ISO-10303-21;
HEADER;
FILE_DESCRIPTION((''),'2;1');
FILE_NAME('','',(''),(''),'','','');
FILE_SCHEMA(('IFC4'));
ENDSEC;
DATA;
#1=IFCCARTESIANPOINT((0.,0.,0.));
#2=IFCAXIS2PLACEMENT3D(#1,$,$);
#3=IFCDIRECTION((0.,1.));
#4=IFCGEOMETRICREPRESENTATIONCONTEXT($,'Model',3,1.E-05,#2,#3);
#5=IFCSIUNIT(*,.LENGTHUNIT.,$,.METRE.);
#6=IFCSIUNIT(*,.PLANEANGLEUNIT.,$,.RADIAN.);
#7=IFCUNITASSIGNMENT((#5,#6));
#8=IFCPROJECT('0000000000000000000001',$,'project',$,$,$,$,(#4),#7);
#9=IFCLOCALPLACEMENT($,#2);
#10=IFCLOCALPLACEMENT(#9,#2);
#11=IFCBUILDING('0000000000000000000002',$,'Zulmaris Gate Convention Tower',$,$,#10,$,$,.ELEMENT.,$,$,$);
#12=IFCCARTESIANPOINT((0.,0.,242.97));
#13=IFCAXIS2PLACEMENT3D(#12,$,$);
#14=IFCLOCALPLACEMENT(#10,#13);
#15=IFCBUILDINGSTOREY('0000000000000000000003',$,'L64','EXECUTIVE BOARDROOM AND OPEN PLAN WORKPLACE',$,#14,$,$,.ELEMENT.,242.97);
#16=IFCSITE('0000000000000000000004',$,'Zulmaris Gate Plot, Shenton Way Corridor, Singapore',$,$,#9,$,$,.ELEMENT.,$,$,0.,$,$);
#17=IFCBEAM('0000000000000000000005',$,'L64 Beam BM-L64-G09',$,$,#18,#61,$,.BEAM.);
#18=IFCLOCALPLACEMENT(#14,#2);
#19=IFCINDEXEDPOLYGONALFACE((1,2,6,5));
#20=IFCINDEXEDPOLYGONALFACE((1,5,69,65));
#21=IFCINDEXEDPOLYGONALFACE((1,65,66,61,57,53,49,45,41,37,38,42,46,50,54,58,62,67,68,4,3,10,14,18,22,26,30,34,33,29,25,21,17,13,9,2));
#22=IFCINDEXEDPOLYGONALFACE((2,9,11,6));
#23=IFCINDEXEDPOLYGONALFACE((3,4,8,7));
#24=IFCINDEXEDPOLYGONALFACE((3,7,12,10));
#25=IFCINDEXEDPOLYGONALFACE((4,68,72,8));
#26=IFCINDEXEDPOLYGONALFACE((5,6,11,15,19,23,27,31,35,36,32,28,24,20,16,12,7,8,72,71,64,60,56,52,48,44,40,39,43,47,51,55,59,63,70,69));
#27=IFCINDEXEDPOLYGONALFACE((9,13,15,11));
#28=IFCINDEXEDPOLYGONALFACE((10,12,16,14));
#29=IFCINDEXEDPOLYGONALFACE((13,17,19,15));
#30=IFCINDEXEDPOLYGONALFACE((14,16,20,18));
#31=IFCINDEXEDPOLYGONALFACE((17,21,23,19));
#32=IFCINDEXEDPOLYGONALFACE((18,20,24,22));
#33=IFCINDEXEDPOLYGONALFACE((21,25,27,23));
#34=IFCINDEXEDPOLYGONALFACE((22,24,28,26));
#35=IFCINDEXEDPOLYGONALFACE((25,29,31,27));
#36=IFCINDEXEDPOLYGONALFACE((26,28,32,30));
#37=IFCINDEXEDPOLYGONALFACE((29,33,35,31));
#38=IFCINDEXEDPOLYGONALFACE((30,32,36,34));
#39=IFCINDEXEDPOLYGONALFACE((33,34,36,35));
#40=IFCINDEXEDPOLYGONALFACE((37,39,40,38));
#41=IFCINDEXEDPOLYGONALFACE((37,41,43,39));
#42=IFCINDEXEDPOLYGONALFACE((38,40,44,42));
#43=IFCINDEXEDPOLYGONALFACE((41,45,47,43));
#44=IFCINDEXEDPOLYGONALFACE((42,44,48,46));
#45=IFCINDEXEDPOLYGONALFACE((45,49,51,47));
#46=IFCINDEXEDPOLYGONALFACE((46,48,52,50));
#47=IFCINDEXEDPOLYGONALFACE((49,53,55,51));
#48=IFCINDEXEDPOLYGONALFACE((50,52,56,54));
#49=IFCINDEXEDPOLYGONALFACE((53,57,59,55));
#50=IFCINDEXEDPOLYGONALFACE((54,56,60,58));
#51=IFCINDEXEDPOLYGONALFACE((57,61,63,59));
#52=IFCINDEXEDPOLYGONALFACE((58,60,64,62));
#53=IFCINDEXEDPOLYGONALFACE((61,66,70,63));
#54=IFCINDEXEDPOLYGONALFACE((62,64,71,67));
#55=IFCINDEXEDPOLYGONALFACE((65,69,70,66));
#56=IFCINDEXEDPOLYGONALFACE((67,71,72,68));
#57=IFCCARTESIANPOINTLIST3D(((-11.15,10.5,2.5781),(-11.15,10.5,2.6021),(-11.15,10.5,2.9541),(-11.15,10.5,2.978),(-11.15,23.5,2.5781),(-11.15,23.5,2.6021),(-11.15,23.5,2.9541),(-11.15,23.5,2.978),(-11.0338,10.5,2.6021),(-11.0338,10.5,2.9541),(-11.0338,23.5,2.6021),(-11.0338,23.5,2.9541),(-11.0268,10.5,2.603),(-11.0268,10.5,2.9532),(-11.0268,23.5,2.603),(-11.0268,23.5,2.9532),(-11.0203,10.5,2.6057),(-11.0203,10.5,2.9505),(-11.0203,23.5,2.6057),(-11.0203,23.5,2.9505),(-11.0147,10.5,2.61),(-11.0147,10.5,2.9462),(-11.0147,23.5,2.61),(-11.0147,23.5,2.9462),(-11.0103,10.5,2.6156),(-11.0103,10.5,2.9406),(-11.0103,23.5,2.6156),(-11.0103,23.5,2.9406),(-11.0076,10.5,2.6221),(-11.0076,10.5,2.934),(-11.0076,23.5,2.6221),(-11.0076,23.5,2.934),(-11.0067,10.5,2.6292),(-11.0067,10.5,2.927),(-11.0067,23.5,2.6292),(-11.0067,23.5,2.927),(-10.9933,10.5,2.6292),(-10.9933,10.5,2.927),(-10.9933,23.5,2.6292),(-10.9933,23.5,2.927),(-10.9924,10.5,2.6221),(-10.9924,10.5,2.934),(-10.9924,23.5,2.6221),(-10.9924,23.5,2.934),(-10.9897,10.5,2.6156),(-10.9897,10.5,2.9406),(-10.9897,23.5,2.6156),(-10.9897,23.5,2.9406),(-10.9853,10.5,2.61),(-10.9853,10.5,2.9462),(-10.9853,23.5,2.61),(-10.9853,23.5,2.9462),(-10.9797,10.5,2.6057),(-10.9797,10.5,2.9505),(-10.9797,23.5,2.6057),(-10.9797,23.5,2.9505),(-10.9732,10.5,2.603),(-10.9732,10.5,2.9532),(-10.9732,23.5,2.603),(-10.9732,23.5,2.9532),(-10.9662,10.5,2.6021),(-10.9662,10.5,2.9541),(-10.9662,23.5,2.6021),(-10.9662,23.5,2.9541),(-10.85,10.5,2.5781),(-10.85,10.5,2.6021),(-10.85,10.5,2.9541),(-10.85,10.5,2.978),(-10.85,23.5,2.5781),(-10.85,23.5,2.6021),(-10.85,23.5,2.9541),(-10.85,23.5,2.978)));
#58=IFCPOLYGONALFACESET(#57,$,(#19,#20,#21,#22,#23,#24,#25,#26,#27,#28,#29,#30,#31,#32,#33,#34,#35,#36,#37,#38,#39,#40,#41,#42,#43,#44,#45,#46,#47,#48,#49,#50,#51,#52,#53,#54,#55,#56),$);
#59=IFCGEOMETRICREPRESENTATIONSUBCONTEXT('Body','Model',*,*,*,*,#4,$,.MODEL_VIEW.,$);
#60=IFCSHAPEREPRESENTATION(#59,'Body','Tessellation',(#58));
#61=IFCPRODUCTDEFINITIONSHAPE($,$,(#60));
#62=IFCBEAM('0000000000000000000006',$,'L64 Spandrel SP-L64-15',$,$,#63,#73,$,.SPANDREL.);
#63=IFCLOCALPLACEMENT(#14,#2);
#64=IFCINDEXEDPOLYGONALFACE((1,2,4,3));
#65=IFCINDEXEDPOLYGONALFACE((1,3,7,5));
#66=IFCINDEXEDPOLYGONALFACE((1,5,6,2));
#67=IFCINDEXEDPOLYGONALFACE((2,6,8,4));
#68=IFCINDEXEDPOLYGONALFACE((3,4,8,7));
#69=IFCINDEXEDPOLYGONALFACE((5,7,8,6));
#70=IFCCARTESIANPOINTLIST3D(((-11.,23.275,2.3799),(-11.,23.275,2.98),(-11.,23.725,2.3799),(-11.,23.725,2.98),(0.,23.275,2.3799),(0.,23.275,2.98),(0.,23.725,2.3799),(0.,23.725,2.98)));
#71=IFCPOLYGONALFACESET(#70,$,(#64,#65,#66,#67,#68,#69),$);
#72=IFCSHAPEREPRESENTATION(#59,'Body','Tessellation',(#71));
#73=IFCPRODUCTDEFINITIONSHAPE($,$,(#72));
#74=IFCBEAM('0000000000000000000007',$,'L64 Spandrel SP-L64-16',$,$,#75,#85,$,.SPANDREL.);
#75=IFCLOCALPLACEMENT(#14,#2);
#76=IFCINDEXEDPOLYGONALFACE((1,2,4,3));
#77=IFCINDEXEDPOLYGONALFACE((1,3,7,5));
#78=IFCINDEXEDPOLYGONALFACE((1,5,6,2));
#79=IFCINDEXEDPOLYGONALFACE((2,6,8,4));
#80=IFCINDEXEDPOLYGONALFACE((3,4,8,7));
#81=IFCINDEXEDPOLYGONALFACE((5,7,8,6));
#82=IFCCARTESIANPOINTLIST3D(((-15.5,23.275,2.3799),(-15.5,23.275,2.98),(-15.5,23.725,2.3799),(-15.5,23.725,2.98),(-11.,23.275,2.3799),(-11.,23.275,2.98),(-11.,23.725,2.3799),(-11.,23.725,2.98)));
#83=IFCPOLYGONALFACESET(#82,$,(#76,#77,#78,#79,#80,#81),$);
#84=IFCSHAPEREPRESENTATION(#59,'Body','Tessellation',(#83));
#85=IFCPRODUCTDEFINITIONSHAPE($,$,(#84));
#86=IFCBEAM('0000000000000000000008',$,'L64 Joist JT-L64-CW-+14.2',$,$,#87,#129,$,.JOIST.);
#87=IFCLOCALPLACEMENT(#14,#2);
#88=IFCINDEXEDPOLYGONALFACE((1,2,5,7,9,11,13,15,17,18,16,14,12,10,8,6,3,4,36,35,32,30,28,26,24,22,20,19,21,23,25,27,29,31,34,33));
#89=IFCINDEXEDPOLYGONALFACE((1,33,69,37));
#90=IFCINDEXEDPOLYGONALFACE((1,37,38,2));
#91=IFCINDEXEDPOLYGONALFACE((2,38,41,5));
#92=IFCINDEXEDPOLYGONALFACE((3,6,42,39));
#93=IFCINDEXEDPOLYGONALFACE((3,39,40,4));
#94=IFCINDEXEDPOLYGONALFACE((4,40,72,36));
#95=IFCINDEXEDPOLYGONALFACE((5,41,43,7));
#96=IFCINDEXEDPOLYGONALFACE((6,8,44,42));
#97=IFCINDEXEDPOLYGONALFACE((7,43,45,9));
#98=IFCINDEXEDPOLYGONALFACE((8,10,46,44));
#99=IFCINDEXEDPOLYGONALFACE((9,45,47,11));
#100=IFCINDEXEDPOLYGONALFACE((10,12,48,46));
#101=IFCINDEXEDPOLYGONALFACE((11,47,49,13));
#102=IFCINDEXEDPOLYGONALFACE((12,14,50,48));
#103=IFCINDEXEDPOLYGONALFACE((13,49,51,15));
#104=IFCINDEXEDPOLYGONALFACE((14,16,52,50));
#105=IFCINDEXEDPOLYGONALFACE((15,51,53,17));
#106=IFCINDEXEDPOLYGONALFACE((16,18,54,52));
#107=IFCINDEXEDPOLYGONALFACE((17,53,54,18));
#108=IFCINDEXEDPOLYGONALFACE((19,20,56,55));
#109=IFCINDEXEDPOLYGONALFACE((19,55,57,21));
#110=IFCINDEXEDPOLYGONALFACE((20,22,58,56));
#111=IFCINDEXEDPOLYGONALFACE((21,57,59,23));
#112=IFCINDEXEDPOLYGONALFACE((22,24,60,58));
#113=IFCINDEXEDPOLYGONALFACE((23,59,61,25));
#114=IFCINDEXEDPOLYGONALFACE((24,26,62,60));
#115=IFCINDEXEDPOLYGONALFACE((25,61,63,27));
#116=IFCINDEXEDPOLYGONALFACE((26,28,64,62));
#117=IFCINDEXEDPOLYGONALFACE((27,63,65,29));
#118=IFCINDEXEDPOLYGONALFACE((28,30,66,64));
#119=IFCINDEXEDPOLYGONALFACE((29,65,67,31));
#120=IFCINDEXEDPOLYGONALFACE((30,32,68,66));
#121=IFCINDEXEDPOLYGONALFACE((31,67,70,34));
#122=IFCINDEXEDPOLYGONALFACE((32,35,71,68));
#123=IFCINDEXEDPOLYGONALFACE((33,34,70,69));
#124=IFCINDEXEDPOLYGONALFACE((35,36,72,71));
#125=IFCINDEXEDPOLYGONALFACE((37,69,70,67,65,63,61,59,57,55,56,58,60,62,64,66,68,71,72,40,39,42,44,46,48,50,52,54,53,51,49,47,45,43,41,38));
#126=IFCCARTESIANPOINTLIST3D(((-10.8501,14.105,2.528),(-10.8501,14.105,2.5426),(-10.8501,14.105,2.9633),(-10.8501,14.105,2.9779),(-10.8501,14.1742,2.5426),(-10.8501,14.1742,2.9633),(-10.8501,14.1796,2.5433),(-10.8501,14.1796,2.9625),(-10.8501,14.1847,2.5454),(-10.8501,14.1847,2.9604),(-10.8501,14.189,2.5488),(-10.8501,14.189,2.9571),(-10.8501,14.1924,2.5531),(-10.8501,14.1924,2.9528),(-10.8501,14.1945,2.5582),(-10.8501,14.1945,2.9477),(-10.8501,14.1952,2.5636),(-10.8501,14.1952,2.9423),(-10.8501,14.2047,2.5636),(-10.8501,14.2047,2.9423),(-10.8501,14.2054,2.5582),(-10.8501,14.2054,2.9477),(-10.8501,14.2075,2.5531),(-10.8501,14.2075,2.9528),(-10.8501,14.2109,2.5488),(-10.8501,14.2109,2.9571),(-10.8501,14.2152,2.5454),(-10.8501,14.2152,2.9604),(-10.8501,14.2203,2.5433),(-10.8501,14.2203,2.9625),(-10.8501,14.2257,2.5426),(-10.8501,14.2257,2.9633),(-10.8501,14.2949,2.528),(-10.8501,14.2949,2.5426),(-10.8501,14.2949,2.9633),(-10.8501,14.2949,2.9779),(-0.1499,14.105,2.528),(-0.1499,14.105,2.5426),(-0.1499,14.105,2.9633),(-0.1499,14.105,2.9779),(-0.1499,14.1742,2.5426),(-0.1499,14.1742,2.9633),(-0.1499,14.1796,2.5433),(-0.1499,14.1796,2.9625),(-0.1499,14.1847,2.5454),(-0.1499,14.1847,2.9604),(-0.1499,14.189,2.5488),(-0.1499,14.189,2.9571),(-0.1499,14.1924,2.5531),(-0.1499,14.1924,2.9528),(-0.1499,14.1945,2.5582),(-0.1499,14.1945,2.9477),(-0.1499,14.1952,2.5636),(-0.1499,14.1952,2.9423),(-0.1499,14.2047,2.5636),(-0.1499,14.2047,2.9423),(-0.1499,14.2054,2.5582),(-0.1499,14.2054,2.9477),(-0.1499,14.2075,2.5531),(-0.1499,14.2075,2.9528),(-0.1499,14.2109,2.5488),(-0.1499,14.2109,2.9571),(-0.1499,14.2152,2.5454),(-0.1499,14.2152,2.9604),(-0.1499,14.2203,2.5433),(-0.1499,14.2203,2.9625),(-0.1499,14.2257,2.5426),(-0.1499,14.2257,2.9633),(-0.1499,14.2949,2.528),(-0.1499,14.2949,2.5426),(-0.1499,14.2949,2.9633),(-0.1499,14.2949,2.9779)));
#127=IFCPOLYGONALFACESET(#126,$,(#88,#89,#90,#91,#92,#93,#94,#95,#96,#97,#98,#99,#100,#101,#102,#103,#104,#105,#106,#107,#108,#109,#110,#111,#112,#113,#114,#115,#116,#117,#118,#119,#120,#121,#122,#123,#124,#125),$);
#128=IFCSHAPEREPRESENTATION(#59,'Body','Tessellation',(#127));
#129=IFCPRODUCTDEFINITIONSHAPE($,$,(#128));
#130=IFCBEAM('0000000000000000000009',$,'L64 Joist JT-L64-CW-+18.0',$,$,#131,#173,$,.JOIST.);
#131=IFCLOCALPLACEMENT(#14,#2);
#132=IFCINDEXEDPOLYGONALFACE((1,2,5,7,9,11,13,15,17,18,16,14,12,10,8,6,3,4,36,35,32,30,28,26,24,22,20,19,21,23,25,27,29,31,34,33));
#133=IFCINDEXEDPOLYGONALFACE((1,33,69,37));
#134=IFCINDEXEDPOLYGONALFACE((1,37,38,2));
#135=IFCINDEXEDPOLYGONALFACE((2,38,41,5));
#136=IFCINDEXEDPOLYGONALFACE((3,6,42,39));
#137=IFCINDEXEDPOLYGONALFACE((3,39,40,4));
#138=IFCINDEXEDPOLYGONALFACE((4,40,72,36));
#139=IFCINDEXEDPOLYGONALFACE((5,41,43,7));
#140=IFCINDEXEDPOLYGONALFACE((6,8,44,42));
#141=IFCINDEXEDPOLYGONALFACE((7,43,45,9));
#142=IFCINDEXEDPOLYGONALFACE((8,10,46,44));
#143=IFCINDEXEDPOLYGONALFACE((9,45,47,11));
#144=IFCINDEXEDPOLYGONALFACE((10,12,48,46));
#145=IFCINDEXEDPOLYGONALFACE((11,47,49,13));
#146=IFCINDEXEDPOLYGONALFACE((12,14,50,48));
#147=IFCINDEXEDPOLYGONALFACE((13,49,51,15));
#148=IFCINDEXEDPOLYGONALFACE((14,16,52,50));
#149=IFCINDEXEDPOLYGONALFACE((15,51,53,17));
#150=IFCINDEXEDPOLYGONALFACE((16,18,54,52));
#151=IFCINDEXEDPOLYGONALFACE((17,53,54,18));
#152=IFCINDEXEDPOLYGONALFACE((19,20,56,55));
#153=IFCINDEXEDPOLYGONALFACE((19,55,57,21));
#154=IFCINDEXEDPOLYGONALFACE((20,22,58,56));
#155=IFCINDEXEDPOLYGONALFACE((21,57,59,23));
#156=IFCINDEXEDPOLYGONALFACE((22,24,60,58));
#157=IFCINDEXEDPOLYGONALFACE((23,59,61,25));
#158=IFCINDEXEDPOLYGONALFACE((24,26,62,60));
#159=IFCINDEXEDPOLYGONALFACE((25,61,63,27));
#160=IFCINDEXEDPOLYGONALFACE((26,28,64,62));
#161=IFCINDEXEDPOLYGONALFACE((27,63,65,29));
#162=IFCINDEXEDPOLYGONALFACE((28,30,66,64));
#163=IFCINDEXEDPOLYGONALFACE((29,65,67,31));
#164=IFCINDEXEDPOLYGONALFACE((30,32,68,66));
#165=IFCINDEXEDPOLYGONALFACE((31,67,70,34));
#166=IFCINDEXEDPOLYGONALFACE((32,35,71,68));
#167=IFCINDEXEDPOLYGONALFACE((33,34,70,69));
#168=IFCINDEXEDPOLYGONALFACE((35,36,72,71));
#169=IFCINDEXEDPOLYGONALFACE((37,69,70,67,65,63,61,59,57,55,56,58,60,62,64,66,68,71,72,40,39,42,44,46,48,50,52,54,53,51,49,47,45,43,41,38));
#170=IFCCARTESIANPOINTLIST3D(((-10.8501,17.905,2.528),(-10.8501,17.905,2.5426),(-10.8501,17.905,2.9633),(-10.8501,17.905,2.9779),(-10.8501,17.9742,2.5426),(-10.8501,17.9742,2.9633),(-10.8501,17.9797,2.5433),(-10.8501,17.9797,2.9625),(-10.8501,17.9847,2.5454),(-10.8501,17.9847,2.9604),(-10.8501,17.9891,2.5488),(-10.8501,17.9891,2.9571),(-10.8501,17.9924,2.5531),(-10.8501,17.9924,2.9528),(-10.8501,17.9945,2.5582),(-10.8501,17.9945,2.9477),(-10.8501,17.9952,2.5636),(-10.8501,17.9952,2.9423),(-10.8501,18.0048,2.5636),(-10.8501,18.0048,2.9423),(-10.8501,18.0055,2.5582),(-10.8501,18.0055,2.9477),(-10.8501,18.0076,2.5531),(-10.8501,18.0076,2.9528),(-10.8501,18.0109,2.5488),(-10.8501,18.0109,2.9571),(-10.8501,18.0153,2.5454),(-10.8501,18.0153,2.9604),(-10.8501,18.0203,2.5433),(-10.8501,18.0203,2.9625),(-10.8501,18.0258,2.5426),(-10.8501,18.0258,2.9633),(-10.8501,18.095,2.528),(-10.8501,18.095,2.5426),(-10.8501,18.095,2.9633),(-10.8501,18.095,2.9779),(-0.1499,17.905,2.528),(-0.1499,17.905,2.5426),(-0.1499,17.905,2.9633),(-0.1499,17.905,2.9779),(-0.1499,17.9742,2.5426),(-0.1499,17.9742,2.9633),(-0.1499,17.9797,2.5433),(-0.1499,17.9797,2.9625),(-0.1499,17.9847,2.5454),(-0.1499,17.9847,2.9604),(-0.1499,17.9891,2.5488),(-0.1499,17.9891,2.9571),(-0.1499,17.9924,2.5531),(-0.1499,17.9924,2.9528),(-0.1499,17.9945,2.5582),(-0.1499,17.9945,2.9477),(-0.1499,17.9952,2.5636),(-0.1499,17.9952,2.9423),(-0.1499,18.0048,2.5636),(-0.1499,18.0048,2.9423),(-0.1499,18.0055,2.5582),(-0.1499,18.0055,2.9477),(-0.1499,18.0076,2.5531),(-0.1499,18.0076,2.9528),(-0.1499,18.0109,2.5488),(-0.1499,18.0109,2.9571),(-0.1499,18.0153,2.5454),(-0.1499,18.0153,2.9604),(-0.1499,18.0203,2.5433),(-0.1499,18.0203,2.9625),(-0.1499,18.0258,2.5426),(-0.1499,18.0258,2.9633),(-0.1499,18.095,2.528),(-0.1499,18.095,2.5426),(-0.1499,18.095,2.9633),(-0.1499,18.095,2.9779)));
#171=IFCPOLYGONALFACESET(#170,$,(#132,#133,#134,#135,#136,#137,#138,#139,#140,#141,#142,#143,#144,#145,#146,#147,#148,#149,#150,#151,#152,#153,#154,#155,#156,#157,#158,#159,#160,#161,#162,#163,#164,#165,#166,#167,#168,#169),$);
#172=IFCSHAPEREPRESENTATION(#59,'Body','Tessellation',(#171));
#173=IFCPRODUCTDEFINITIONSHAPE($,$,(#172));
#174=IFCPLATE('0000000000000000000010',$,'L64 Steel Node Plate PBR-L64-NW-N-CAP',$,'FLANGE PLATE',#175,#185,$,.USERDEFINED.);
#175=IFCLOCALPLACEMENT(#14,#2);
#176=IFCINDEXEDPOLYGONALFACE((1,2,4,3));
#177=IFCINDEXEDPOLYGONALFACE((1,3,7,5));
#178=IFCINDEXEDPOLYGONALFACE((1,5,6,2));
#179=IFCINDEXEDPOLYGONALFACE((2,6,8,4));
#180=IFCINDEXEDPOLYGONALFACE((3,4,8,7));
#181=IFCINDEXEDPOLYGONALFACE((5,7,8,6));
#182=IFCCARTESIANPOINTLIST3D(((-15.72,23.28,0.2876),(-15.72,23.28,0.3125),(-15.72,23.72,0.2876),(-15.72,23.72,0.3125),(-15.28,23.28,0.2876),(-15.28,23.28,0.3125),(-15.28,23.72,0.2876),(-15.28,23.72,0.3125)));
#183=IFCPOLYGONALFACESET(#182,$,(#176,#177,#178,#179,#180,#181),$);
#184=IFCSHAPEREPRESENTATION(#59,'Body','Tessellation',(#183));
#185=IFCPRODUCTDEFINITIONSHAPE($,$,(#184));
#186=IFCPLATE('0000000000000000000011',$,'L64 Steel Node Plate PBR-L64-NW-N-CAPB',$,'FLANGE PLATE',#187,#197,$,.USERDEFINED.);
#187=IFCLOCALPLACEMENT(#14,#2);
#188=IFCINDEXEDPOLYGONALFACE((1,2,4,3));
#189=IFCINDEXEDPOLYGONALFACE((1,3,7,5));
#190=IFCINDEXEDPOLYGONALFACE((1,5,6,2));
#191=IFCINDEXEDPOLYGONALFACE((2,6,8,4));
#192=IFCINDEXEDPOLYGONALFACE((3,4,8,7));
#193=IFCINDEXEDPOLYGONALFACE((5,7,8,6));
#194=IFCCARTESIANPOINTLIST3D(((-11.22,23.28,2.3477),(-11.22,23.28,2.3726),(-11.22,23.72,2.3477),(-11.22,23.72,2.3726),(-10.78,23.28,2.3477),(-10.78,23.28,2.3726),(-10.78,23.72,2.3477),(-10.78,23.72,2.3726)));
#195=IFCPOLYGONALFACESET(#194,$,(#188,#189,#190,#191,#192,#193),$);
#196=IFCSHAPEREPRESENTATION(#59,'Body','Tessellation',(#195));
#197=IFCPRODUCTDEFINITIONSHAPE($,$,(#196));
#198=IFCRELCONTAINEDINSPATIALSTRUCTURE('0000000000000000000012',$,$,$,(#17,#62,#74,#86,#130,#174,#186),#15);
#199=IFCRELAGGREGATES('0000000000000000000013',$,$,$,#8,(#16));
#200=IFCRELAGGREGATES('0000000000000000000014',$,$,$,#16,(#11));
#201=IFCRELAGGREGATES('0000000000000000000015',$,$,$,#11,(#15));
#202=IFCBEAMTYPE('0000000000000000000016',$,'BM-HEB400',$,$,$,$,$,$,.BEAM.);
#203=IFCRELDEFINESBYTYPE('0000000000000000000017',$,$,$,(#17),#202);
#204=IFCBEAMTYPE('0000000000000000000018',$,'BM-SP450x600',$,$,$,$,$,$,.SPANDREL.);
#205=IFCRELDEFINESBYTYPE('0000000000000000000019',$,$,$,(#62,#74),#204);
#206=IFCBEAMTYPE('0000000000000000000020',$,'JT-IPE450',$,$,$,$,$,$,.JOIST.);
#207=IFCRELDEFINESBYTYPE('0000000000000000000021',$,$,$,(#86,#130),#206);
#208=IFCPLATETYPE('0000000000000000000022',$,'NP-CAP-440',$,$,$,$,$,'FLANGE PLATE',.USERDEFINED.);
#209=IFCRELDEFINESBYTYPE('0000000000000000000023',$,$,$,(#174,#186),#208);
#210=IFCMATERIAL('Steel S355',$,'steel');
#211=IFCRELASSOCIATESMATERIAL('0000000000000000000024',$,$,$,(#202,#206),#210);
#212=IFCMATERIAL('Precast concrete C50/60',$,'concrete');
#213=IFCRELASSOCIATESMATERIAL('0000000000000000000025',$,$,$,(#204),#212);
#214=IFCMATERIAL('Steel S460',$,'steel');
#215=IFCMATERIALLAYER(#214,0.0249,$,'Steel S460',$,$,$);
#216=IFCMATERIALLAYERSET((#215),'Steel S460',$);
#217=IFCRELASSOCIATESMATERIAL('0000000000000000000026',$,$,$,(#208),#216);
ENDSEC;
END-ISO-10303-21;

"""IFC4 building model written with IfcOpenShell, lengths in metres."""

from ifc_helpers import new_model, si_unit, direction, frame, origin, origin_2d, place, context, subcontext, project, spatial, rectangle, i_section, extrude, material, layer, layer_set, material_profile, profile_set, type_object, element, save


model = new_model("IFC4")

# Units and contexts
model_context = context("Model", 3, precision=1e-05, world=origin(), true_north=direction((0.0, 1.0)))
body_context = subcontext(model_context, "Body", "Model", "MODEL_VIEW")
ifc_project = project(units=[si_unit("LENGTHUNIT", "METRE"), si_unit("PLANEANGLEUNIT", "RADIAN")], contexts=[model_context])

# Site, building, storey
site_placement = place(None, origin())
site = spatial("IfcSite", under=ifc_project, at=site_placement, Name="Zulmaris Gate Plot, Shenton Way Corridor, Singapore", CompositionType="ELEMENT", RefElevation=0.0)
building_placement = place(site_placement, origin())
building = spatial("IfcBuilding", under=site, at=building_placement, Name="Zulmaris Gate Convention Tower", CompositionType="ELEMENT")
storey_placement = place(building_placement, frame((0.0, 0.0, 242.97)))
storey = spatial("IfcBuildingStorey", under=building, at=storey_placement, Name="L64", Description="EXECUTIVE BOARDROOM AND OPEN PLAN WORKPLACE", CompositionType="ELEMENT", Elevation=242.97)

# Beams
ifc_material_1 = material(Name="Steel S355", Category="steel")
ifc_material_profile_1 = material_profile(ifc_material_1, i_section(OverallWidth=0.3, OverallDepth=0.3999, WebThickness=0.0134, FlangeThickness=0.0239, FilletRadius=0.0271, at=origin_2d()), Name="HEB 400")
ifc_profile_set_1 = profile_set([ifc_material_profile_1], Name="Steel S355")
beam_type_1 = type_object("IfcBeamType", Name="BM-HEB400", PredefinedType="BEAM", material=ifc_profile_set_1)
beam_1_placement = place(storey_placement, frame((-11.0, 10.5, 2.7781), z_axis=(0.0, 1.0, 0.0), x_axis=(-1.0, 0.0, 0.0)))
element("IfcBeam", 1, at=beam_1_placement, inside=storey, type_object=beam_type_1, Name="L64 Beam BM-L64-G09", PredefinedType="BEAM", context=body_context, shape_type="SweptSolid", body=[
    extrude(i_section(OverallWidth=0.3, OverallDepth=0.3999, WebThickness=0.0134, FlangeThickness=0.0239, FilletRadius=0.0271, at=origin_2d()), origin(), (0.0, 0.0, 1.0), 13.0),
])
ifc_material_2 = material(Name="Precast concrete C50/60", Category="concrete")
ifc_material_profile_2 = material_profile(ifc_material_2, rectangle(XDim=0.45, YDim=0.6001, at=origin_2d()), Name="RC SPANDREL 450x600")
ifc_profile_set_2 = profile_set([ifc_material_profile_2], Name="Precast concrete C50/60")
beam_type_2 = type_object("IfcBeamType", Name="BM-SP450x600", PredefinedType="SPANDREL", material=ifc_profile_set_2)
beam_2_placement = place(storey_placement, frame((0.0, 23.5, 2.6799), z_axis=(-1.0, 0.0, 0.0), x_axis=(0.0, -1.0, 0.0)))
element("IfcBeam", 2, at=beam_2_placement, inside=storey, type_object=beam_type_2, Name="L64 Spandrel SP-L64-15", PredefinedType="SPANDREL", context=body_context, shape_type="SweptSolid", body=[
    extrude(rectangle(XDim=0.45, YDim=0.6001, at=origin_2d()), origin(), (0.0, 0.0, 1.0), 11.0),
])
beam_3_placement = place(storey_placement, frame((-11.0, 23.5, 2.6799), z_axis=(-1.0, 0.0, 0.0), x_axis=(0.0, -1.0, 0.0)))
element("IfcBeam", 3, at=beam_3_placement, inside=storey, type_object=beam_type_2, Name="L64 Spandrel SP-L64-16", PredefinedType="SPANDREL", context=body_context, shape_type="SweptSolid", body=[
    extrude(rectangle(XDim=0.45, YDim=0.6001, at=origin_2d()), origin(), (0.0, 0.0, 1.0), 4.5),
])
ifc_material_profile_3 = material_profile(ifc_material_1, i_section(OverallWidth=0.1899, OverallDepth=0.45, WebThickness=0.0095, FlangeThickness=0.0146, FilletRadius=0.021, at=origin_2d()), Name="IPE 450")
ifc_profile_set_3 = profile_set([ifc_material_profile_3], Name="Steel S355")
beam_type_3 = type_object("IfcBeamType", Name="JT-IPE450", PredefinedType="JOIST", material=ifc_profile_set_3)
for number, where, z_axis, x_axis, name in (
    (4, (-10.8501, 14.2, 2.7529), (1.0, 0.0, 0.0), (0.0, 1.0, 0.0), "L64 Joist JT-L64-CW-+14.2"),
    (5, (-10.8501, 18.0, 2.7529), (1.0, 0.0, 0.0), (0.0, 1.0, 0.0), "L64 Joist JT-L64-CW-+18.0"),
):
    element("IfcBeam", number, at=place(storey_placement, frame(where, z_axis=z_axis, x_axis=x_axis)), inside=storey, type_object=beam_type_3, Name=name, PredefinedType="JOIST", context=body_context, shape_type="SweptSolid", body=[
        extrude(i_section(OverallWidth=0.1899, OverallDepth=0.45, WebThickness=0.0095, FlangeThickness=0.0146, FilletRadius=0.021, at=origin_2d()), origin(), (0.0, 0.0, 1.0), 10.7002),
    ])

# Plates
ifc_material_3 = material(Name="Steel S460", Category="steel")
ifc_layer_1 = layer(ifc_material_3, 0.0249, Name="Steel S460")
ifc_layer_set_1 = layer_set([ifc_layer_1], Name="Steel S460")
plate_type = type_object("IfcPlateType", Name="NP-CAP-440", ElementType="FLANGE PLATE", PredefinedType="USERDEFINED", material=ifc_layer_set_1)
for number, where, z_axis, x_axis, name in (
    (6, (-15.5, 23.5, 0.2876), (0.0, 0.0, 1.0), (1.0, 0.0, 0.0), "L64 Steel Node Plate PBR-L64-NW-N-CAP"),
    (7, (-11.0, 23.5, 2.3477), (0.0, 0.0, 1.0), (1.0, 0.0, 0.0), "L64 Steel Node Plate PBR-L64-NW-N-CAPB"),
):
    element("IfcPlate", number, at=place(storey_placement, frame(where, z_axis=z_axis, x_axis=x_axis)), inside=storey, type_object=plate_type, Name=name, ObjectType="FLANGE PLATE", PredefinedType="USERDEFINED", context=body_context, shape_type="SweptSolid", body=[
        extrude(rectangle(XDim=0.4399, YDim=0.4399, at=origin_2d()), origin(), (0.0, 0.0, 1.0), 0.0249),
    ])

save(model, "model.ifc")
